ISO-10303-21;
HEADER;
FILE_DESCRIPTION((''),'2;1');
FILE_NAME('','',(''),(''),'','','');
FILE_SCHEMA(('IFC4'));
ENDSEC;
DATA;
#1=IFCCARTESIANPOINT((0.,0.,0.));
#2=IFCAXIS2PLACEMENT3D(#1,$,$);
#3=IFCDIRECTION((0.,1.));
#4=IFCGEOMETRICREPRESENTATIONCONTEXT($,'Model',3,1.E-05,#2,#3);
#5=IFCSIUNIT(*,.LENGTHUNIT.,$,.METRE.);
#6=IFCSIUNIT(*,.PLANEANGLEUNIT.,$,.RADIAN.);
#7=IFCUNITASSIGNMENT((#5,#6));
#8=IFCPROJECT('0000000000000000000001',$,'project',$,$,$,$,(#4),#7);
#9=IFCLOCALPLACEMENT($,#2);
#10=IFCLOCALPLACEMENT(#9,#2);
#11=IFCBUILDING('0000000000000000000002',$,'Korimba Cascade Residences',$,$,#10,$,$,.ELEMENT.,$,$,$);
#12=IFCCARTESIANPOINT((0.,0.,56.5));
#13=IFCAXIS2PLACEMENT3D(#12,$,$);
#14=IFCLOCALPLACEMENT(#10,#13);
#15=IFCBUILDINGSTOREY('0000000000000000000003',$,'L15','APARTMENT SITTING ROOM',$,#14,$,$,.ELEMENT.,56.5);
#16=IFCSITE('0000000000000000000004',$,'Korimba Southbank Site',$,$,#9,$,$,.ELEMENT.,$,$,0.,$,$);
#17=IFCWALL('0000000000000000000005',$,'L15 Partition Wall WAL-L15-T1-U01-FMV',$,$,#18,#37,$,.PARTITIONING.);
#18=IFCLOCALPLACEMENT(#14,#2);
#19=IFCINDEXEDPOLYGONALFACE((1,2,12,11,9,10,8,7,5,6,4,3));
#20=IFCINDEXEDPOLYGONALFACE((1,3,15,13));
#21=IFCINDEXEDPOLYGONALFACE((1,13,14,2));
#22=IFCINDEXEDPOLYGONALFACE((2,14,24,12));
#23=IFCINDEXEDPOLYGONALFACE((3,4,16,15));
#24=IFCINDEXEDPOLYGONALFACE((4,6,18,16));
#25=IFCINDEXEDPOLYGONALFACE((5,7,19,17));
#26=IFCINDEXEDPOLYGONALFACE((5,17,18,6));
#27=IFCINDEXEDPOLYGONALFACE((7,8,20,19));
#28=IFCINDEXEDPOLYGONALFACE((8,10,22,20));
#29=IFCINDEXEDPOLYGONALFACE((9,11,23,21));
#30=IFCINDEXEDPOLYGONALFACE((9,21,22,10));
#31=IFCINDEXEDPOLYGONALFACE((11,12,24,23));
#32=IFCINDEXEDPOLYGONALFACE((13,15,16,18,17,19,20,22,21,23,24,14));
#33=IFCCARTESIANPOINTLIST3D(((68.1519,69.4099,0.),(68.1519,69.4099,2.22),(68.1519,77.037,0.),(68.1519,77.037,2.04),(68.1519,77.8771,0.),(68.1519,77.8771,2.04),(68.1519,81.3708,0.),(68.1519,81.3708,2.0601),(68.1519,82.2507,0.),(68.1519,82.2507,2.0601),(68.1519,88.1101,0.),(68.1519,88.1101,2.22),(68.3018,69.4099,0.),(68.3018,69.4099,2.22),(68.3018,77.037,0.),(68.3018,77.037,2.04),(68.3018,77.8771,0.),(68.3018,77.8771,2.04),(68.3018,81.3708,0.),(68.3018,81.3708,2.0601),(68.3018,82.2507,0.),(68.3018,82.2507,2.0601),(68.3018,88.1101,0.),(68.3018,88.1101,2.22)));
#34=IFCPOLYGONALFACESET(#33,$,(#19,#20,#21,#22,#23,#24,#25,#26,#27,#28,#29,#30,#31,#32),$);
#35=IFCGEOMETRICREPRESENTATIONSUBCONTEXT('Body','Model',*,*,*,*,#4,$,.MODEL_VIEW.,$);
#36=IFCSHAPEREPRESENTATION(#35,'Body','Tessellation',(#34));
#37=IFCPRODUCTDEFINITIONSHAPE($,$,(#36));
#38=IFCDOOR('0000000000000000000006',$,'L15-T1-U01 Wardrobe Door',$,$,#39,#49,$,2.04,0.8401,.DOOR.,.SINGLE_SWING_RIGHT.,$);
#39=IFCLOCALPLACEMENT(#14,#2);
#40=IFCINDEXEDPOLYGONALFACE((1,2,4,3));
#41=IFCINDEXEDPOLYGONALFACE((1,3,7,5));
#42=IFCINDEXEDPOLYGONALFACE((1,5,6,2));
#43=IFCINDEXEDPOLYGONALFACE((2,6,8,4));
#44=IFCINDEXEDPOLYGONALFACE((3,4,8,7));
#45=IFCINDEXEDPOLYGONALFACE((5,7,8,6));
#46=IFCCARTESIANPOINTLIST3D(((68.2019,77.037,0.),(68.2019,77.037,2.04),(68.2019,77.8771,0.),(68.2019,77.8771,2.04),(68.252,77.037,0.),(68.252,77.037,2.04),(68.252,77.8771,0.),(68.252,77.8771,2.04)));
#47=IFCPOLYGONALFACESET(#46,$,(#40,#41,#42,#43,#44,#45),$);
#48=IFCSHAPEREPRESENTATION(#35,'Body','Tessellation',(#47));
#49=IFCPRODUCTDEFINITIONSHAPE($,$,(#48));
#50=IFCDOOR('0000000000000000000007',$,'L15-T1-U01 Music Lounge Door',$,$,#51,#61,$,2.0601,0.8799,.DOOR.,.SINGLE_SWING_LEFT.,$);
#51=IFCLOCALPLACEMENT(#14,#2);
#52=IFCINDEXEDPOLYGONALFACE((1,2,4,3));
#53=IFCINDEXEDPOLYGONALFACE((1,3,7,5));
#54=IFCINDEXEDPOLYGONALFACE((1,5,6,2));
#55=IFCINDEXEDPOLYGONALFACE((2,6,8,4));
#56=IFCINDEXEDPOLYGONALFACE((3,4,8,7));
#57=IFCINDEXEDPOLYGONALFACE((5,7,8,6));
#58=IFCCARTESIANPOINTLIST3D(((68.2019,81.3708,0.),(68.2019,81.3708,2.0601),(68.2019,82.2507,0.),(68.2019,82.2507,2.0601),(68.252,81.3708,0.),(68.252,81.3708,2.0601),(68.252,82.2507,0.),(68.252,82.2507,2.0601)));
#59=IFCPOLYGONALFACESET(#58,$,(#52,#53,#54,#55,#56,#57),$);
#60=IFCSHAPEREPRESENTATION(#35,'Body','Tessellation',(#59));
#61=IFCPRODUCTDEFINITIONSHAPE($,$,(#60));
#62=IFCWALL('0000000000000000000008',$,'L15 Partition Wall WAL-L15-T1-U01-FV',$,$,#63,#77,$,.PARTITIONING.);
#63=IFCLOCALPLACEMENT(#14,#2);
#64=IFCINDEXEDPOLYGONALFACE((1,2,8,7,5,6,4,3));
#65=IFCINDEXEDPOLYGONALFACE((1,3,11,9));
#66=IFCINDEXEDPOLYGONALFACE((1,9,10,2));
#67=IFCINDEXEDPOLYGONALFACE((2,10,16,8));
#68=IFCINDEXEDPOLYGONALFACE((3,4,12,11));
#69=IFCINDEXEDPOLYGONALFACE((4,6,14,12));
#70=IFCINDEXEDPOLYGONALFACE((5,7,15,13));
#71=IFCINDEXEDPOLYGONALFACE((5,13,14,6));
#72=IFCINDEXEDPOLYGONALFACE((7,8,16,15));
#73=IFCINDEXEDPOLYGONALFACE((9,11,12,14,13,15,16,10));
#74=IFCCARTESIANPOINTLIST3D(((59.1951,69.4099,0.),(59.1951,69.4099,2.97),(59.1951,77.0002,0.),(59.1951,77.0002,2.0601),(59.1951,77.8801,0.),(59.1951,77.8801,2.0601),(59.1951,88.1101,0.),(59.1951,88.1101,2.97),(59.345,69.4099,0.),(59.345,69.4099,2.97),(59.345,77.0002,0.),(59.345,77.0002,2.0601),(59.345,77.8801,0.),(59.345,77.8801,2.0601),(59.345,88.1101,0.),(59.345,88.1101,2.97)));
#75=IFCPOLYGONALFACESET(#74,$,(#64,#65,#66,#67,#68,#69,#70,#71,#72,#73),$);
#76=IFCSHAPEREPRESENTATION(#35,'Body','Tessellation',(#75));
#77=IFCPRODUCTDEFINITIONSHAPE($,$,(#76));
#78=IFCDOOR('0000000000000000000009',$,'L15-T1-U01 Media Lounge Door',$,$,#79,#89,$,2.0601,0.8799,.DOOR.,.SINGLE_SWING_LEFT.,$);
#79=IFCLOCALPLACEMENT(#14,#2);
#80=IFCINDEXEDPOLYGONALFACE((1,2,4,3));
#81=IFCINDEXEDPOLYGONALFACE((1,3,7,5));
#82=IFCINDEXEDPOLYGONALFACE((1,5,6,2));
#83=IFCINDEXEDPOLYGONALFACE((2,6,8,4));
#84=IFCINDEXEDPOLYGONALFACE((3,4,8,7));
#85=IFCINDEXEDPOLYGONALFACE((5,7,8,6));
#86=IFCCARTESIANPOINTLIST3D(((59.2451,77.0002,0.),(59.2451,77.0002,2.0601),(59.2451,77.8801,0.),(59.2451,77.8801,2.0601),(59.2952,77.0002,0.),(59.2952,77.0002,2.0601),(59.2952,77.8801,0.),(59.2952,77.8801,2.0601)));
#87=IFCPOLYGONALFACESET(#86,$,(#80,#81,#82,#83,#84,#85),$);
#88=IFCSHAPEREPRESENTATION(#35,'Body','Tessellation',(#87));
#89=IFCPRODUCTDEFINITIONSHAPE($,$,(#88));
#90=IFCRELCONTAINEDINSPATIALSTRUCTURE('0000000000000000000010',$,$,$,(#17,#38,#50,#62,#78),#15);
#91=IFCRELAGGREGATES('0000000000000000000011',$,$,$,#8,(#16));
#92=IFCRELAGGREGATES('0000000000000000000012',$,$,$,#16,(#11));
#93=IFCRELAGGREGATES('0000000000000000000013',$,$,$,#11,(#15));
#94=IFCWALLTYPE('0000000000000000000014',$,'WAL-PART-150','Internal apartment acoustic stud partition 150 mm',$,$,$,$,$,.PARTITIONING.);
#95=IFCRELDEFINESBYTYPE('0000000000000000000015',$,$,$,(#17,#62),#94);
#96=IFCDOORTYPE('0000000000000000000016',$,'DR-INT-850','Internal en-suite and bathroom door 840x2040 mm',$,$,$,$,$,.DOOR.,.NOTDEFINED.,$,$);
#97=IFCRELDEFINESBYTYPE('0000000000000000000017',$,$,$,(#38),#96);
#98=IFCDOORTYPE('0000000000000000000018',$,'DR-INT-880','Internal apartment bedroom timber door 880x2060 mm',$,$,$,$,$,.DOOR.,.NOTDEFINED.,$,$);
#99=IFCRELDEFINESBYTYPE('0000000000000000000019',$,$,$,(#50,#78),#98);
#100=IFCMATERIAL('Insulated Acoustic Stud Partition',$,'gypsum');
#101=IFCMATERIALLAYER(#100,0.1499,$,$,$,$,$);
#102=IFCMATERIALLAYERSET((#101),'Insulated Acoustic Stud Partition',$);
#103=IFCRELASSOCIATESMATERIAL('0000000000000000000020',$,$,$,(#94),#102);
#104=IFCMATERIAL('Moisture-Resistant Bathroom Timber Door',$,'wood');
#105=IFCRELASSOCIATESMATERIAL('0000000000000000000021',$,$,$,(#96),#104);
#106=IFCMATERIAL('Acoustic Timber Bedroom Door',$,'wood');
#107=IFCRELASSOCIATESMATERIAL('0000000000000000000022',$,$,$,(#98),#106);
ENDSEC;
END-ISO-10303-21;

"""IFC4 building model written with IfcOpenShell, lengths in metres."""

from ifc_helpers import new_model, si_unit, direction, frame, frame_2d, origin, place, context, subcontext, project, spatial, rectangle, extrude, material, layer, layer_set, type_object, element, fill, save


model = new_model("IFC4")

# Units and contexts
model_context = context("Model", 3, precision=1e-05, world=origin(), true_north=direction((0.0, 1.0)))
body_context = subcontext(model_context, "Body", "Model", "MODEL_VIEW")
ifc_project = project(units=[si_unit("LENGTHUNIT", "METRE"), si_unit("PLANEANGLEUNIT", "RADIAN")], contexts=[model_context])

# Site, building, storey
site_placement = place(None, origin())
site = spatial("IfcSite", under=ifc_project, at=site_placement, Name="Korimba Southbank Site", CompositionType="ELEMENT", RefElevation=0.0)
building_placement = place(site_placement, origin())
building = spatial("IfcBuilding", under=site, at=building_placement, Name="Korimba Cascade Residences", CompositionType="ELEMENT")
storey_placement = place(building_placement, frame((0.0, 0.0, 56.5)))
storey = spatial("IfcBuildingStorey", under=building, at=storey_placement, Name="L15", Description="APARTMENT SITTING ROOM", CompositionType="ELEMENT", Elevation=56.5)

# Shared definitions
ifc_material_1 = material(Name="Insulated Acoustic Stud Partition", Category="gypsum")
ifc_layer_1 = layer(ifc_material_1, 0.1499)
ifc_layer_set_1 = layer_set([ifc_layer_1], Name="Insulated Acoustic Stud Partition")
wall_type_1 = type_object("IfcWallType", Name="WAL-PART-150", Description="Internal apartment acoustic stud partition 150 mm", PredefinedType="PARTITIONING", material=ifc_layer_set_1)
ifc_material_2 = material(Name="Moisture-Resistant Bathroom Timber Door", Category="wood")
door_type_1 = type_object("IfcDoorType", Name="DR-INT-850", Description="Internal en-suite and bathroom door 840x2040 mm", OperationType="NOTDEFINED", PredefinedType="DOOR", material=ifc_material_2)

# Wall, openings, doors
wall_1_placement = place(storey_placement, frame((68.2268, 69.4099, 0.0), z_axis=(0.0, 0.0, 1.0), x_axis=(0.0, 1.0, 0.0)))
wall_1 = element("IfcWall", 1, at=wall_1_placement, inside=storey, type_object=wall_type_1, Name="L15 Partition Wall WAL-L15-T1-U01-FMV", PredefinedType="PARTITIONING", context=body_context, shape_type="SweptSolid", body=[
    extrude(rectangle(XDim=18.7002, YDim=0.1499, at=frame_2d((9.3501, 0.0))), origin(), (0.0, 0.0, 1.0), 2.22),
])
opening_1_placement = place(wall_1_placement, frame((7.6272, 0.0, 0.0)))
opening_1 = element("IfcOpeningElement", 2, at=opening_1_placement, cuts=wall_1, PredefinedType="OPENING", context=body_context, shape_type="SweptSolid", body=[
    extrude(rectangle(XDim=0.8401, YDim=2.04, at=frame_2d((0.4199, 1.02))), frame((0.0, 0.085, 0.0), z_axis=(0.0, -1.0, 0.0), x_axis=(1.0, 0.0, 0.0)), (0.0, 0.0, 1.0), 0.1699),
])
opening_2_placement = place(wall_1_placement, frame((11.9609, 0.0, 0.0)))
opening_2 = element("IfcOpeningElement", 3, at=opening_2_placement, cuts=wall_1, PredefinedType="OPENING", context=body_context, shape_type="SweptSolid", body=[
    extrude(rectangle(XDim=0.8799, YDim=2.0601, at=frame_2d((0.4399, 1.03))), frame((0.0, 0.085, 0.0), z_axis=(0.0, -1.0, 0.0), x_axis=(1.0, 0.0, 0.0)), (0.0, 0.0, 1.0), 0.1699),
])
door_1_placement = place(opening_1_placement, origin())
door_1 = element("IfcDoor", 4, at=door_1_placement, inside=storey, type_object=door_type_1, Name="L15-T1-U01 Wardrobe Door", OperationType="SINGLE_SWING_RIGHT", OverallHeight=2.04, OverallWidth=0.8401, PredefinedType="DOOR", context=body_context, shape_type="SweptSolid", body=[
    extrude(rectangle(XDim=0.8401, YDim=2.04, at=frame_2d((0.4199, 1.02))), frame((0.0, 0.0249, 0.0), z_axis=(0.0, -1.0, 0.0), x_axis=(1.0, 0.0, 0.0)), (0.0, 0.0, 1.0), 0.05),
])
fill(opening_1, door_1)
ifc_material_3 = material(Name="Acoustic Timber Bedroom Door", Category="wood")
door_type_2 = type_object("IfcDoorType", Name="DR-INT-880", Description="Internal apartment bedroom timber door 880x2060 mm", OperationType="NOTDEFINED", PredefinedType="DOOR", material=ifc_material_3)
door_2_placement = place(opening_2_placement, origin())
door_2 = element("IfcDoor", 5, at=door_2_placement, inside=storey, type_object=door_type_2, Name="L15-T1-U01 Music Lounge Door", OperationType="SINGLE_SWING_LEFT", OverallHeight=2.0601, OverallWidth=0.8799, PredefinedType="DOOR", context=body_context, shape_type="SweptSolid", body=[
    extrude(rectangle(XDim=0.8799, YDim=2.0601, at=frame_2d((0.4399, 1.03))), frame((0.0, 0.0249, 0.0), z_axis=(0.0, -1.0, 0.0), x_axis=(1.0, 0.0, 0.0)), (0.0, 0.0, 1.0), 0.05),
])
fill(opening_2, door_2)

# Wall, opening, door
wall_2_placement = place(storey_placement, frame((59.27, 69.4099, 0.0), z_axis=(0.0, 0.0, 1.0), x_axis=(0.0, 1.0, 0.0)))
wall_2 = element("IfcWall", 6, at=wall_2_placement, inside=storey, type_object=wall_type_1, Name="L15 Partition Wall WAL-L15-T1-U01-FV", PredefinedType="PARTITIONING", context=body_context, shape_type="SweptSolid", body=[
    extrude(rectangle(XDim=18.7002, YDim=0.1499, at=frame_2d((9.3501, 0.0))), origin(), (0.0, 0.0, 1.0), 2.97),
])
opening_3_placement = place(wall_2_placement, frame((7.5903, 0.0, 0.0)))
opening_3 = element("IfcOpeningElement", 7, at=opening_3_placement, cuts=wall_2, PredefinedType="OPENING", context=body_context, shape_type="SweptSolid", body=[
    extrude(rectangle(XDim=0.8799, YDim=2.0601, at=frame_2d((0.4399, 1.03))), frame((0.0, 0.085, 0.0), z_axis=(0.0, -1.0, 0.0), x_axis=(1.0, 0.0, 0.0)), (0.0, 0.0, 1.0), 0.1699),
])
door_3_placement = place(opening_3_placement, origin())
door_3 = element("IfcDoor", 8, at=door_3_placement, inside=storey, type_object=door_type_2, Name="L15-T1-U01 Media Lounge Door", OperationType="SINGLE_SWING_LEFT", OverallHeight=2.0601, OverallWidth=0.8799, PredefinedType="DOOR", context=body_context, shape_type="SweptSolid", body=[
    extrude(rectangle(XDim=0.8799, YDim=2.0601, at=frame_2d((0.4399, 1.03))), frame((0.0, 0.0249, 0.0), z_axis=(0.0, -1.0, 0.0), x_axis=(1.0, 0.0, 0.0)), (0.0, 0.0, 1.0), 0.05),
])
fill(opening_3, door_3)

save(model, "model.ifc")
